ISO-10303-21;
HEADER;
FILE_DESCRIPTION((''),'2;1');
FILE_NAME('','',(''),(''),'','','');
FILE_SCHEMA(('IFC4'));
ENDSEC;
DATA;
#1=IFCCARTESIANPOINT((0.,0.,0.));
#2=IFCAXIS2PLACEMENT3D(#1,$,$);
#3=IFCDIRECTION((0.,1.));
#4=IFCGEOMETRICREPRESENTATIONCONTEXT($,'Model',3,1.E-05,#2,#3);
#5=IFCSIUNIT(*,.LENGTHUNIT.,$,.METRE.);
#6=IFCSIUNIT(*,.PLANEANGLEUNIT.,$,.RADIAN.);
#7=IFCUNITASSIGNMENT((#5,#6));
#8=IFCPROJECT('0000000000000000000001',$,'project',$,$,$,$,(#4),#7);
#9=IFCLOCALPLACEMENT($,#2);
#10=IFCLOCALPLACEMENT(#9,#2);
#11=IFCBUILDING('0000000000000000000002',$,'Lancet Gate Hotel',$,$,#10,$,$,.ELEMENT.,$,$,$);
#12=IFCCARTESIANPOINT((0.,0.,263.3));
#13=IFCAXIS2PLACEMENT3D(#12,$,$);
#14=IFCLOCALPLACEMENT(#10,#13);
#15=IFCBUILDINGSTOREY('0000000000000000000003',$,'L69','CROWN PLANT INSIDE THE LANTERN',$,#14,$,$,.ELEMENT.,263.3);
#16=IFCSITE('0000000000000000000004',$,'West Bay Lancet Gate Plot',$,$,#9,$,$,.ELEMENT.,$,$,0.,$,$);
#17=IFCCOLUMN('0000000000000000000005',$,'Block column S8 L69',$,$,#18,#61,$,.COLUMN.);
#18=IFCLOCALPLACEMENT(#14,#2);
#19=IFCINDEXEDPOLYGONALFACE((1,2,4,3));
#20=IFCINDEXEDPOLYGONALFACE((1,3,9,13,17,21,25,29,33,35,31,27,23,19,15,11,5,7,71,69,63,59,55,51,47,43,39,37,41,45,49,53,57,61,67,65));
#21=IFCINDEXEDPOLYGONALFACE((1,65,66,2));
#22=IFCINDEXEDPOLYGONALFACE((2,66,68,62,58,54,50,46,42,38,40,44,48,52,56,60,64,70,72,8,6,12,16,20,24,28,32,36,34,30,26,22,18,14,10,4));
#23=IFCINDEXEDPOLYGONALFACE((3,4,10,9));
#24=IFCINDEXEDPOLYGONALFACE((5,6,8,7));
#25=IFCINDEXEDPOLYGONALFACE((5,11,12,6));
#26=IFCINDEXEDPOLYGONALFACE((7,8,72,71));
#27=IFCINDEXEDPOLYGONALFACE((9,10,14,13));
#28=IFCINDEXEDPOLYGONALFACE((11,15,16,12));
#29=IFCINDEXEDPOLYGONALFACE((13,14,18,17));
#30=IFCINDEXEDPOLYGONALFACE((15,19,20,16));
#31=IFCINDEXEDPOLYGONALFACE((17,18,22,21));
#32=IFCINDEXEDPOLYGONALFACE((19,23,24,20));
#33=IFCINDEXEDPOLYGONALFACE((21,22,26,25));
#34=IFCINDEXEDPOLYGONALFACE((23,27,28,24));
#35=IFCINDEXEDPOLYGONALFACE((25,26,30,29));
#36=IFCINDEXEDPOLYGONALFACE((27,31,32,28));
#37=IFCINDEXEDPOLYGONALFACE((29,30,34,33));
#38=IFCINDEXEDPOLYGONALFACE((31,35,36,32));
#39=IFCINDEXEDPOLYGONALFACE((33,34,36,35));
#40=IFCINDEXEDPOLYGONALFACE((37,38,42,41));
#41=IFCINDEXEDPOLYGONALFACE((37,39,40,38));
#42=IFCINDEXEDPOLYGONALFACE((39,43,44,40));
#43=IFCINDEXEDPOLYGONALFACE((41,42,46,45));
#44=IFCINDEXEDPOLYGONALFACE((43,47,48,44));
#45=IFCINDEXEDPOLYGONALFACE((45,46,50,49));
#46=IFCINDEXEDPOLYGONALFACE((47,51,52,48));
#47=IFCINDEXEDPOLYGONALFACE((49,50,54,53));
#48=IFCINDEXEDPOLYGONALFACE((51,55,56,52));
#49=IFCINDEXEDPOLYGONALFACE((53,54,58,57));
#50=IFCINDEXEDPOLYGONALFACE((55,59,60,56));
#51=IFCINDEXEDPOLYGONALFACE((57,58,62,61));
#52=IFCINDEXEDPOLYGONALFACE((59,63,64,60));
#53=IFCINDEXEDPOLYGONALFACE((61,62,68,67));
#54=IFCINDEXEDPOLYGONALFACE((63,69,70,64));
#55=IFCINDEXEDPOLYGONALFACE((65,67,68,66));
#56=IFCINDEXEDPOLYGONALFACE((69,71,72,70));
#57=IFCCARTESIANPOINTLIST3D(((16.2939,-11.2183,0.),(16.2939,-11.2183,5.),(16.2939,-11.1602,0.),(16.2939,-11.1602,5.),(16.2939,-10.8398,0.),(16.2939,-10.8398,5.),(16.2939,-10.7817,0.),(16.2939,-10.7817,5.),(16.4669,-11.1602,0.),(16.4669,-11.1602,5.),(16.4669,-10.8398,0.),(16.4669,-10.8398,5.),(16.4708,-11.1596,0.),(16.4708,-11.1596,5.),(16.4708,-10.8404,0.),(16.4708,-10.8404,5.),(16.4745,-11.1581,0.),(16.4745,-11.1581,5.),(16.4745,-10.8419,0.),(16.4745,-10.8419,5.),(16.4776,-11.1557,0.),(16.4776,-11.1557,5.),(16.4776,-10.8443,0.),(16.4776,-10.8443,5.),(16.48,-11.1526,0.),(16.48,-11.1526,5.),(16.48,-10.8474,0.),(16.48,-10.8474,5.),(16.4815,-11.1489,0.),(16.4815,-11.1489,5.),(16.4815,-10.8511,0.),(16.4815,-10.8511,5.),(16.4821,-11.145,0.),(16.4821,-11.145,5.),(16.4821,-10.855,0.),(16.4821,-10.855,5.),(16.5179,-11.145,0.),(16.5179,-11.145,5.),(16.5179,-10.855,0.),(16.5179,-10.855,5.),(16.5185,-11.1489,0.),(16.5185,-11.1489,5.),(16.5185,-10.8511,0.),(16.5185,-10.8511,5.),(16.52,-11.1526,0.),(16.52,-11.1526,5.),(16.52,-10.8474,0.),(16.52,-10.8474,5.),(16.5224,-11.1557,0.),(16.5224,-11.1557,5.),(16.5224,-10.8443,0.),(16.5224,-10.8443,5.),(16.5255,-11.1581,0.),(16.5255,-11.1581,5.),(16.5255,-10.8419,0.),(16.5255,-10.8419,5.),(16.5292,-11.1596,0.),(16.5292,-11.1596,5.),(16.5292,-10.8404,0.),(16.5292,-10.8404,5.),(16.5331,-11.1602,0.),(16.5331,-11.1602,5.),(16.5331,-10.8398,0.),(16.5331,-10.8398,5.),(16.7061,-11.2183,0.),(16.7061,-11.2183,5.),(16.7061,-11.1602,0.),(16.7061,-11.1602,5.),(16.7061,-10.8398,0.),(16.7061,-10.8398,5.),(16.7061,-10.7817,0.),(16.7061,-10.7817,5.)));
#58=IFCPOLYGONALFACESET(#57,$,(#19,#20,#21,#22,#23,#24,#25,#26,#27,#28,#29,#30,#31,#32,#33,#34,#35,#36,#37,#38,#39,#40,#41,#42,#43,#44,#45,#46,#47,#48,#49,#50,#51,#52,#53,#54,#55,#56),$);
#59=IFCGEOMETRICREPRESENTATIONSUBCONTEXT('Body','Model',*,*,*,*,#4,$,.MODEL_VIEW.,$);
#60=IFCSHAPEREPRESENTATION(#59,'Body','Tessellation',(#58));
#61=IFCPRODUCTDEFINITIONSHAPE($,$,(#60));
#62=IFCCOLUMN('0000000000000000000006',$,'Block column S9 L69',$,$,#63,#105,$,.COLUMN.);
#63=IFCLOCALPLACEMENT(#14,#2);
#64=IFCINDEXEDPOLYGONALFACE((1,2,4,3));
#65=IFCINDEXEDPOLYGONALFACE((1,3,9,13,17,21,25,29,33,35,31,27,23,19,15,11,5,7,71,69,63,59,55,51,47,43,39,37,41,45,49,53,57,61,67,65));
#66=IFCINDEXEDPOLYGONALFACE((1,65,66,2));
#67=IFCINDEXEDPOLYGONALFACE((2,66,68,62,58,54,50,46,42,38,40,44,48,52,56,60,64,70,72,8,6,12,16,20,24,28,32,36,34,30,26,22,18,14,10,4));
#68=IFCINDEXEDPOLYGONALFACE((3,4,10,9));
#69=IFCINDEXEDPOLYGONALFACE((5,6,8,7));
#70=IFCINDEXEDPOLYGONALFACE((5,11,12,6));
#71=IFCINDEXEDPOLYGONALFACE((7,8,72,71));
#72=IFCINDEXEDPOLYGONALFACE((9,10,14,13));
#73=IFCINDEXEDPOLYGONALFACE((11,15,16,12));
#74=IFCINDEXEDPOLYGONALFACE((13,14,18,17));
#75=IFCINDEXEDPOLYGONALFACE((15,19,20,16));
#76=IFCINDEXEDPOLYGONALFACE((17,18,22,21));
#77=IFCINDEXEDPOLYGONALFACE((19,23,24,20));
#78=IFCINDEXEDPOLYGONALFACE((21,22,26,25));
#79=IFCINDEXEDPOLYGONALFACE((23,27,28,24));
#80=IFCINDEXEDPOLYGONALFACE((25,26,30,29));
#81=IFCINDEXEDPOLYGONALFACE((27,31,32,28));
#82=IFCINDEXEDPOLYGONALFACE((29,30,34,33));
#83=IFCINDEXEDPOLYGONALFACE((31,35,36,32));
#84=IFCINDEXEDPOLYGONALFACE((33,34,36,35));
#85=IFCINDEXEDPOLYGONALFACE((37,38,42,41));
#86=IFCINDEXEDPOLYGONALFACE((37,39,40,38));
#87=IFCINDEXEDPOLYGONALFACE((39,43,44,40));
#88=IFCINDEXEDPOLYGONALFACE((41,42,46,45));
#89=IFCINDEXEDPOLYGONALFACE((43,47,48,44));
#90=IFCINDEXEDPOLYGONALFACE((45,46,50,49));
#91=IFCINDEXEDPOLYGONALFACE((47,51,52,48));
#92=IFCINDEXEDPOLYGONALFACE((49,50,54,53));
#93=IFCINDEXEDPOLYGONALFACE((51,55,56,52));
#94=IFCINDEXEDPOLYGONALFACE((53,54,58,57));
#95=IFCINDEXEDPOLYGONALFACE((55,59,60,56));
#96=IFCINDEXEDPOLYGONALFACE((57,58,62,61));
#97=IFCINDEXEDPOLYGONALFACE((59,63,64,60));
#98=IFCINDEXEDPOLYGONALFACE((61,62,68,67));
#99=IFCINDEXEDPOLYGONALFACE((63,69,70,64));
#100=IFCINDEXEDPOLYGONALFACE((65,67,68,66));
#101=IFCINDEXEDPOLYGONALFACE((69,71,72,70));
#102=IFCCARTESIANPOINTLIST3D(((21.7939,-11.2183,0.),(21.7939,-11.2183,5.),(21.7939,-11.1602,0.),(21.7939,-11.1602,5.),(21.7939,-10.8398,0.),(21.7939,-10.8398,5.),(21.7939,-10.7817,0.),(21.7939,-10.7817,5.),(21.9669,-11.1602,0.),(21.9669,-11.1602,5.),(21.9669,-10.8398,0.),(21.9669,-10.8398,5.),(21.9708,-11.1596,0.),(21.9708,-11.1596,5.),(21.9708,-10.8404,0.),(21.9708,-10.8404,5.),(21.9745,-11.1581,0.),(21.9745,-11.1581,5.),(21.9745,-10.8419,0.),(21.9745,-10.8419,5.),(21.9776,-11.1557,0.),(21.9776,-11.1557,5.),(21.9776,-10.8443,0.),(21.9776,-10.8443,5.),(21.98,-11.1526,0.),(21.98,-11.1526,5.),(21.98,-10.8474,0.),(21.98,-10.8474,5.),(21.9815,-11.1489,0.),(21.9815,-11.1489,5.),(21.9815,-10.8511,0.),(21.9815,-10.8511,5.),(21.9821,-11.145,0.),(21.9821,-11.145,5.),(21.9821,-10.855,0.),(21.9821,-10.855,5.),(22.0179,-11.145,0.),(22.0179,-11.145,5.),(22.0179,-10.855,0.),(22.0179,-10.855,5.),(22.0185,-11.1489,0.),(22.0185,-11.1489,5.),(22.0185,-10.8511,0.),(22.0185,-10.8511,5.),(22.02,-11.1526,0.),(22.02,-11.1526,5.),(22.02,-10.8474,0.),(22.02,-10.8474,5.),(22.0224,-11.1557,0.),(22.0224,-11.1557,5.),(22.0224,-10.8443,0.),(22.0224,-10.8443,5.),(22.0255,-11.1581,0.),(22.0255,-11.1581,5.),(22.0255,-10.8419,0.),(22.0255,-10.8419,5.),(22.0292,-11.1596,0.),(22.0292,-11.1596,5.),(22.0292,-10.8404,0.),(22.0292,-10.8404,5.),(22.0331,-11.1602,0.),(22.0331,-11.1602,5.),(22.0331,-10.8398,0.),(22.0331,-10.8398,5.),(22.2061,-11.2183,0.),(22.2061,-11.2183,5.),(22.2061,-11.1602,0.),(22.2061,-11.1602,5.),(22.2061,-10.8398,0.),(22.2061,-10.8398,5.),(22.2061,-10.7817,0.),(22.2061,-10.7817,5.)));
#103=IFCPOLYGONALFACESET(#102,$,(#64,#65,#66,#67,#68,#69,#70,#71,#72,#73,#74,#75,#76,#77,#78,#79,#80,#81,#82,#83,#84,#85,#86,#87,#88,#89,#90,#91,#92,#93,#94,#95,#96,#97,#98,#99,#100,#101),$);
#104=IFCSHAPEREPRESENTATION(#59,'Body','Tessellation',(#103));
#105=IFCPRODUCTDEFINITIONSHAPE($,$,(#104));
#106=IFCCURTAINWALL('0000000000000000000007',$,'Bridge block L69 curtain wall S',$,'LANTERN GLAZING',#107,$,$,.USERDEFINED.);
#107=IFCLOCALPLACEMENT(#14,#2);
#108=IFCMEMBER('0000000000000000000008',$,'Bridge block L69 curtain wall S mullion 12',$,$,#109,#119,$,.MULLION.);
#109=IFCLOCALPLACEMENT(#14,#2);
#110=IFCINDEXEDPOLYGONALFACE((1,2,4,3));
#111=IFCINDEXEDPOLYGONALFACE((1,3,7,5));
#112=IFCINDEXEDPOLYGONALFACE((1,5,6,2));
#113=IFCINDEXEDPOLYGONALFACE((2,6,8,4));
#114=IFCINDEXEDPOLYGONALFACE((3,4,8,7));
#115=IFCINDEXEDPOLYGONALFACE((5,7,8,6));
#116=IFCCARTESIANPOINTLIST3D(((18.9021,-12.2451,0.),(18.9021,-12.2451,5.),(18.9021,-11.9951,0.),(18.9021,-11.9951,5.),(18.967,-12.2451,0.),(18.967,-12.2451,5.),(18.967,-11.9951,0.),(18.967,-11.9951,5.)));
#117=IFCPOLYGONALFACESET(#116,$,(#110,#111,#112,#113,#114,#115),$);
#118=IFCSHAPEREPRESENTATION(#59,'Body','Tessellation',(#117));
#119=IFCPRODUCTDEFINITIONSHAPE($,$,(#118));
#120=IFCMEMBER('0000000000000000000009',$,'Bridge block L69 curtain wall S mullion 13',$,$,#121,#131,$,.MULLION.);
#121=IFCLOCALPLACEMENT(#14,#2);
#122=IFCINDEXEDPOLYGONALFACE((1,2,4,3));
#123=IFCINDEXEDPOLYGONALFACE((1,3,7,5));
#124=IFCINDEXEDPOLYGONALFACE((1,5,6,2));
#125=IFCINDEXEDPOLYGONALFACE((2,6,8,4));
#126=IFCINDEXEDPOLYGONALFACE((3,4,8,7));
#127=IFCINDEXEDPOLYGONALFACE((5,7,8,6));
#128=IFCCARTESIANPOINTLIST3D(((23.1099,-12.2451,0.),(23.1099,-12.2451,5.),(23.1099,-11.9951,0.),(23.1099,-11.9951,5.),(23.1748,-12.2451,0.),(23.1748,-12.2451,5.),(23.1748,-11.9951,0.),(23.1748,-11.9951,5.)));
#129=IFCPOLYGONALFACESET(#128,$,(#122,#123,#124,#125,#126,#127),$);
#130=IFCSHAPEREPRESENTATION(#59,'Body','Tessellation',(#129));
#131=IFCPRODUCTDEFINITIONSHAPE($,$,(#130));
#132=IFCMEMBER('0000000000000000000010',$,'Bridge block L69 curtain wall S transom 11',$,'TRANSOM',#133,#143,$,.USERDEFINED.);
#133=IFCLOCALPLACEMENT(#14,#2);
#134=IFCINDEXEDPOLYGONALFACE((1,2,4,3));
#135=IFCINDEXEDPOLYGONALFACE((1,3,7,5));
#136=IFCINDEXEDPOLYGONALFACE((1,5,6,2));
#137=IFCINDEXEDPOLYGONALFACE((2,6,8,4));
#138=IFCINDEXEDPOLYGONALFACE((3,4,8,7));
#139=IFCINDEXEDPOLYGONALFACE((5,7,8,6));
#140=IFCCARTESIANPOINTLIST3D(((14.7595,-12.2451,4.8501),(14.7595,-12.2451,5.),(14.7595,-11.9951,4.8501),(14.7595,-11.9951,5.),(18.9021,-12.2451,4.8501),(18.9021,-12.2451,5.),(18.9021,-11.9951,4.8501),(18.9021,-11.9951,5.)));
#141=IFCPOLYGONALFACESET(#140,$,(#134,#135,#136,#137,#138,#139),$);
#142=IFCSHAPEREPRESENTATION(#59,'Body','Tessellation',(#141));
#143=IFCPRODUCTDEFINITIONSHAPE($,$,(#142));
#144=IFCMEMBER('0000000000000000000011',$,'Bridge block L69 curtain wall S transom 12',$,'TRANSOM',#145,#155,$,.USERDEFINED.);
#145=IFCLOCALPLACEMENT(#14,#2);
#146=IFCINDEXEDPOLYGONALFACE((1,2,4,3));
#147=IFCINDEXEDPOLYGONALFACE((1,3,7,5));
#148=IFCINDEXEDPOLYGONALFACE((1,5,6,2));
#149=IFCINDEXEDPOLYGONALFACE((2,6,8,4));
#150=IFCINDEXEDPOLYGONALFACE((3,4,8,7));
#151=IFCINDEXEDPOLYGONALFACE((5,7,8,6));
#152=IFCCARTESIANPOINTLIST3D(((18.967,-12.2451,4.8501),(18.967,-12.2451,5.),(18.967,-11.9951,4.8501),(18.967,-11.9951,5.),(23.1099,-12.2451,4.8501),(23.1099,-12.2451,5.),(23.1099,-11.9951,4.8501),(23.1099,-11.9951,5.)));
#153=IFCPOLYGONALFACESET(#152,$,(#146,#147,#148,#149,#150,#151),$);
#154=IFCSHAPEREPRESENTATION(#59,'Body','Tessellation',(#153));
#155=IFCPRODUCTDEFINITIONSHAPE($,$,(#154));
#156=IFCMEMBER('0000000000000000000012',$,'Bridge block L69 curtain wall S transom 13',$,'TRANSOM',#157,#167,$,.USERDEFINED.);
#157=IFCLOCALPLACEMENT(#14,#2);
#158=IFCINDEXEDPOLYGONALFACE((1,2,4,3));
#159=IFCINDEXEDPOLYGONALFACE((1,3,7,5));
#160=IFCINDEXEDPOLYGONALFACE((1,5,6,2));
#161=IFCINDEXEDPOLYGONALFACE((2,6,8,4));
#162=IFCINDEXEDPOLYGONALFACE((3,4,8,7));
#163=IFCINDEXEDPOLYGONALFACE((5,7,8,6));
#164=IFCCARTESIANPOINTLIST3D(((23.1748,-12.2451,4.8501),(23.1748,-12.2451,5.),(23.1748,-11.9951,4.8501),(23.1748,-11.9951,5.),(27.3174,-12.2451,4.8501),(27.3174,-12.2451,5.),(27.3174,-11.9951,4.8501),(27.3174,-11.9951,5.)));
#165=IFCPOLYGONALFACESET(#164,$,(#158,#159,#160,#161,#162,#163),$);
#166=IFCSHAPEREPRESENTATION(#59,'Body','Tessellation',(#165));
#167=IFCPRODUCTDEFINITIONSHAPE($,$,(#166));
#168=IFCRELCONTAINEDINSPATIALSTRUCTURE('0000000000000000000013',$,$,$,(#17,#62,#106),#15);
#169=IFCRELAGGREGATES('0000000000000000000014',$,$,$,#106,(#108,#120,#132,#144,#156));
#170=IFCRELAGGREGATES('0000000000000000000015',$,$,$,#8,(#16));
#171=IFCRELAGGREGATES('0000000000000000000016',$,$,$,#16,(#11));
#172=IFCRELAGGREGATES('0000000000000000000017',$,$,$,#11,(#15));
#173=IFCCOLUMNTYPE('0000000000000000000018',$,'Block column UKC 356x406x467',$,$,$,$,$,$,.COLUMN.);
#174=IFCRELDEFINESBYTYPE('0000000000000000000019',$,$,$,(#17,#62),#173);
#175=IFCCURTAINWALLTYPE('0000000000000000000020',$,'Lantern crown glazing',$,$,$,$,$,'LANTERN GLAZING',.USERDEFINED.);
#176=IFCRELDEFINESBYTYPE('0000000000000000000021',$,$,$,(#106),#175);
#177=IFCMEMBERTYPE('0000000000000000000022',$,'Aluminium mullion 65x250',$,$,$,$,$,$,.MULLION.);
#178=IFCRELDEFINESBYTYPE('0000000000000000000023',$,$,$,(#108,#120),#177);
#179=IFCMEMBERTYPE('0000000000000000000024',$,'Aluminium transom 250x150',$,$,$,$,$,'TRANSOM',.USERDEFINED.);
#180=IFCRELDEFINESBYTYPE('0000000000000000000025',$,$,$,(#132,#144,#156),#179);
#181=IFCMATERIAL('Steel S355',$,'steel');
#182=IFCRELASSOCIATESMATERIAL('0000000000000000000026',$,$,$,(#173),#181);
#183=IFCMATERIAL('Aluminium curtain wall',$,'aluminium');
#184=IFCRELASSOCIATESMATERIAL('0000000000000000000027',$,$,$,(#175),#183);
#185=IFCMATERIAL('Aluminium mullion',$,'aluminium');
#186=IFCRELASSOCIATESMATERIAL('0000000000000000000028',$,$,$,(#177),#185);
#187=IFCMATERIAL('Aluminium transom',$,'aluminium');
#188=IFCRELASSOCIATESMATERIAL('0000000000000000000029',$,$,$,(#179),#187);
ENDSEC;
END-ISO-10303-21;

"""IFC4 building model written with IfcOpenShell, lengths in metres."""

from ifc_helpers import new_model, si_unit, direction, frame, origin, origin_2d, place, context, subcontext, project, spatial, rectangle, i_section, extrude, material, material_profile, profile_set, type_object, element, aggregate, save


model = new_model("IFC4")

# Units and contexts
model_context = context("Model", 3, precision=1e-05, world=origin(), true_north=direction((0.0, 1.0)))
body_context = subcontext(model_context, "Body", "Model", "MODEL_VIEW")
ifc_project = project(units=[si_unit("LENGTHUNIT", "METRE"), si_unit("PLANEANGLEUNIT", "RADIAN")], contexts=[model_context])

# Site, building, storey
site_placement = place(None, origin())
site = spatial("IfcSite", under=ifc_project, at=site_placement, Name="West Bay Lancet Gate Plot", CompositionType="ELEMENT", RefElevation=0.0)
building_placement = place(site_placement, origin())
building = spatial("IfcBuilding", under=site, at=building_placement, Name="Lancet Gate Hotel", CompositionType="ELEMENT")
storey_placement = place(building_placement, frame((0.0, 0.0, 263.3)))
storey = spatial("IfcBuildingStorey", under=building, at=storey_placement, Name="L69", Description="CROWN PLANT INSIDE THE LANTERN", CompositionType="ELEMENT", Elevation=263.3)

# Columns
ifc_material_1 = material(Name="Steel S355", Category="steel")
ifc_material_profile_1 = material_profile(ifc_material_1, i_section(OverallWidth=0.4121, OverallDepth=0.4365, WebThickness=0.0359, FlangeThickness=0.0581, FilletRadius=0.0151, at=origin_2d()), Name="UKC 356x406x467")
ifc_profile_set_1 = profile_set([ifc_material_profile_1], Name="Steel S355")
column_type = type_object("IfcColumnType", Name="Block column UKC 356x406x467", PredefinedType="COLUMN", material=ifc_profile_set_1)
for number, where, z_axis, x_axis, name in (
    (1, (16.5, -11.0, 0.0), (0.0, 0.0, 1.0), (1.0, 0.0, 0.0), "Block column S8 L69"),
    (2, (22.0, -11.0, 0.0), (0.0, 0.0, 1.0), (1.0, 0.0, 0.0), "Block column S9 L69"),
):
    element("IfcColumn", number, at=place(storey_placement, frame(where, z_axis=z_axis, x_axis=x_axis)), inside=storey, type_object=column_type, Name=name, PredefinedType="COLUMN", context=body_context, shape_type="SweptSolid", body=[
        extrude(i_section(OverallWidth=0.4121, OverallDepth=0.4365, WebThickness=0.0359, FlangeThickness=0.0581, FilletRadius=0.0151, at=origin_2d()), origin(), (0.0, 0.0, 1.0), 5.0),
    ])

# Curtain wall, members
ifc_material_2 = material(Name="Aluminium curtain wall", Category="aluminium")
curtain_wall_type = type_object("IfcCurtainWallType", Name="Lantern crown glazing", ElementType="LANTERN GLAZING", PredefinedType="USERDEFINED", material=ifc_material_2)
curtain_wall_placement = place(storey_placement, origin())
curtain_wall = element("IfcCurtainWall", 3, at=curtain_wall_placement, inside=storey, type_object=curtain_wall_type, Name="Bridge block L69 curtain wall S", ObjectType="LANTERN GLAZING", PredefinedType="USERDEFINED")
ifc_material_3 = material(Name="Aluminium mullion", Category="aluminium")
ifc_material_profile_2 = material_profile(ifc_material_3, rectangle(XDim=0.0649, YDim=0.25, at=origin_2d()), Name="MULLION 65x250")
ifc_profile_set_2 = profile_set([ifc_material_profile_2], Name="Aluminium mullion")
member_type_1 = type_object("IfcMemberType", Name="Aluminium mullion 65x250", PredefinedType="MULLION", material=ifc_profile_set_2)
member_1_placement = place(storey_placement, frame((18.9346, -12.1201, 0.0), z_axis=(0.0, 0.0, 1.0), x_axis=(1.0, 0.0, 0.0)))
member_1 = element("IfcMember", 4, at=member_1_placement, type_object=member_type_1, Name="Bridge block L69 curtain wall S mullion 12", PredefinedType="MULLION", context=body_context, shape_type="SweptSolid", body=[
    extrude(rectangle(XDim=0.0649, YDim=0.25, at=origin_2d()), origin(), (0.0, 0.0, 1.0), 5.0),
])
member_2_placement = place(storey_placement, frame((23.1423, -12.1201, 0.0), z_axis=(0.0, 0.0, 1.0), x_axis=(1.0, 0.0, 0.0)))
member_2 = element("IfcMember", 5, at=member_2_placement, type_object=member_type_1, Name="Bridge block L69 curtain wall S mullion 13", PredefinedType="MULLION", context=body_context, shape_type="SweptSolid", body=[
    extrude(rectangle(XDim=0.0649, YDim=0.25, at=origin_2d()), origin(), (0.0, 0.0, 1.0), 5.0),
])
ifc_material_4 = material(Name="Aluminium transom", Category="aluminium")
ifc_material_profile_3 = material_profile(ifc_material_4, rectangle(XDim=0.25, YDim=0.1499, at=origin_2d()), Name="TRANSOM 250x150")
ifc_profile_set_3 = profile_set([ifc_material_profile_3], Name="Aluminium transom")
member_type_2 = type_object("IfcMemberType", Name="Aluminium transom 250x150", ElementType="TRANSOM", PredefinedType="USERDEFINED", material=ifc_profile_set_3)
member_3_placement = place(storey_placement, frame((14.7595, -12.1201, 4.925), z_axis=(1.0, 0.0, 0.0), x_axis=(0.0, 1.0, 0.0)))
member_3 = element("IfcMember", 6, at=member_3_placement, type_object=member_type_2, Name="Bridge block L69 curtain wall S transom 11", ObjectType="TRANSOM", PredefinedType="USERDEFINED", context=body_context, shape_type="SweptSolid", body=[
    extrude(rectangle(XDim=0.25, YDim=0.1499, at=origin_2d()), origin(), (0.0, 0.0, 1.0), 4.1426),
])
member_4_placement = place(storey_placement, frame((18.967, -12.1201, 4.925), z_axis=(1.0, 0.0, 0.0), x_axis=(0.0, 1.0, 0.0)))
member_4 = element("IfcMember", 7, at=member_4_placement, type_object=member_type_2, Name="Bridge block L69 curtain wall S transom 12", ObjectType="TRANSOM", PredefinedType="USERDEFINED", context=body_context, shape_type="SweptSolid", body=[
    extrude(rectangle(XDim=0.25, YDim=0.1499, at=origin_2d()), origin(), (0.0, 0.0, 1.0), 4.1428),
])
member_5_placement = place(storey_placement, frame((23.1748, -12.1201, 4.925), z_axis=(1.0, 0.0, 0.0), x_axis=(0.0, 1.0, 0.0)))
member_5 = element("IfcMember", 8, at=member_5_placement, type_object=member_type_2, Name="Bridge block L69 curtain wall S transom 13", ObjectType="TRANSOM", PredefinedType="USERDEFINED", context=body_context, shape_type="SweptSolid", body=[
    extrude(rectangle(XDim=0.25, YDim=0.1499, at=origin_2d()), origin(), (0.0, 0.0, 1.0), 4.1426),
])

aggregate(curtain_wall, [member_1, member_2, member_3, member_4, member_5])

save(model, "model.ifc")
